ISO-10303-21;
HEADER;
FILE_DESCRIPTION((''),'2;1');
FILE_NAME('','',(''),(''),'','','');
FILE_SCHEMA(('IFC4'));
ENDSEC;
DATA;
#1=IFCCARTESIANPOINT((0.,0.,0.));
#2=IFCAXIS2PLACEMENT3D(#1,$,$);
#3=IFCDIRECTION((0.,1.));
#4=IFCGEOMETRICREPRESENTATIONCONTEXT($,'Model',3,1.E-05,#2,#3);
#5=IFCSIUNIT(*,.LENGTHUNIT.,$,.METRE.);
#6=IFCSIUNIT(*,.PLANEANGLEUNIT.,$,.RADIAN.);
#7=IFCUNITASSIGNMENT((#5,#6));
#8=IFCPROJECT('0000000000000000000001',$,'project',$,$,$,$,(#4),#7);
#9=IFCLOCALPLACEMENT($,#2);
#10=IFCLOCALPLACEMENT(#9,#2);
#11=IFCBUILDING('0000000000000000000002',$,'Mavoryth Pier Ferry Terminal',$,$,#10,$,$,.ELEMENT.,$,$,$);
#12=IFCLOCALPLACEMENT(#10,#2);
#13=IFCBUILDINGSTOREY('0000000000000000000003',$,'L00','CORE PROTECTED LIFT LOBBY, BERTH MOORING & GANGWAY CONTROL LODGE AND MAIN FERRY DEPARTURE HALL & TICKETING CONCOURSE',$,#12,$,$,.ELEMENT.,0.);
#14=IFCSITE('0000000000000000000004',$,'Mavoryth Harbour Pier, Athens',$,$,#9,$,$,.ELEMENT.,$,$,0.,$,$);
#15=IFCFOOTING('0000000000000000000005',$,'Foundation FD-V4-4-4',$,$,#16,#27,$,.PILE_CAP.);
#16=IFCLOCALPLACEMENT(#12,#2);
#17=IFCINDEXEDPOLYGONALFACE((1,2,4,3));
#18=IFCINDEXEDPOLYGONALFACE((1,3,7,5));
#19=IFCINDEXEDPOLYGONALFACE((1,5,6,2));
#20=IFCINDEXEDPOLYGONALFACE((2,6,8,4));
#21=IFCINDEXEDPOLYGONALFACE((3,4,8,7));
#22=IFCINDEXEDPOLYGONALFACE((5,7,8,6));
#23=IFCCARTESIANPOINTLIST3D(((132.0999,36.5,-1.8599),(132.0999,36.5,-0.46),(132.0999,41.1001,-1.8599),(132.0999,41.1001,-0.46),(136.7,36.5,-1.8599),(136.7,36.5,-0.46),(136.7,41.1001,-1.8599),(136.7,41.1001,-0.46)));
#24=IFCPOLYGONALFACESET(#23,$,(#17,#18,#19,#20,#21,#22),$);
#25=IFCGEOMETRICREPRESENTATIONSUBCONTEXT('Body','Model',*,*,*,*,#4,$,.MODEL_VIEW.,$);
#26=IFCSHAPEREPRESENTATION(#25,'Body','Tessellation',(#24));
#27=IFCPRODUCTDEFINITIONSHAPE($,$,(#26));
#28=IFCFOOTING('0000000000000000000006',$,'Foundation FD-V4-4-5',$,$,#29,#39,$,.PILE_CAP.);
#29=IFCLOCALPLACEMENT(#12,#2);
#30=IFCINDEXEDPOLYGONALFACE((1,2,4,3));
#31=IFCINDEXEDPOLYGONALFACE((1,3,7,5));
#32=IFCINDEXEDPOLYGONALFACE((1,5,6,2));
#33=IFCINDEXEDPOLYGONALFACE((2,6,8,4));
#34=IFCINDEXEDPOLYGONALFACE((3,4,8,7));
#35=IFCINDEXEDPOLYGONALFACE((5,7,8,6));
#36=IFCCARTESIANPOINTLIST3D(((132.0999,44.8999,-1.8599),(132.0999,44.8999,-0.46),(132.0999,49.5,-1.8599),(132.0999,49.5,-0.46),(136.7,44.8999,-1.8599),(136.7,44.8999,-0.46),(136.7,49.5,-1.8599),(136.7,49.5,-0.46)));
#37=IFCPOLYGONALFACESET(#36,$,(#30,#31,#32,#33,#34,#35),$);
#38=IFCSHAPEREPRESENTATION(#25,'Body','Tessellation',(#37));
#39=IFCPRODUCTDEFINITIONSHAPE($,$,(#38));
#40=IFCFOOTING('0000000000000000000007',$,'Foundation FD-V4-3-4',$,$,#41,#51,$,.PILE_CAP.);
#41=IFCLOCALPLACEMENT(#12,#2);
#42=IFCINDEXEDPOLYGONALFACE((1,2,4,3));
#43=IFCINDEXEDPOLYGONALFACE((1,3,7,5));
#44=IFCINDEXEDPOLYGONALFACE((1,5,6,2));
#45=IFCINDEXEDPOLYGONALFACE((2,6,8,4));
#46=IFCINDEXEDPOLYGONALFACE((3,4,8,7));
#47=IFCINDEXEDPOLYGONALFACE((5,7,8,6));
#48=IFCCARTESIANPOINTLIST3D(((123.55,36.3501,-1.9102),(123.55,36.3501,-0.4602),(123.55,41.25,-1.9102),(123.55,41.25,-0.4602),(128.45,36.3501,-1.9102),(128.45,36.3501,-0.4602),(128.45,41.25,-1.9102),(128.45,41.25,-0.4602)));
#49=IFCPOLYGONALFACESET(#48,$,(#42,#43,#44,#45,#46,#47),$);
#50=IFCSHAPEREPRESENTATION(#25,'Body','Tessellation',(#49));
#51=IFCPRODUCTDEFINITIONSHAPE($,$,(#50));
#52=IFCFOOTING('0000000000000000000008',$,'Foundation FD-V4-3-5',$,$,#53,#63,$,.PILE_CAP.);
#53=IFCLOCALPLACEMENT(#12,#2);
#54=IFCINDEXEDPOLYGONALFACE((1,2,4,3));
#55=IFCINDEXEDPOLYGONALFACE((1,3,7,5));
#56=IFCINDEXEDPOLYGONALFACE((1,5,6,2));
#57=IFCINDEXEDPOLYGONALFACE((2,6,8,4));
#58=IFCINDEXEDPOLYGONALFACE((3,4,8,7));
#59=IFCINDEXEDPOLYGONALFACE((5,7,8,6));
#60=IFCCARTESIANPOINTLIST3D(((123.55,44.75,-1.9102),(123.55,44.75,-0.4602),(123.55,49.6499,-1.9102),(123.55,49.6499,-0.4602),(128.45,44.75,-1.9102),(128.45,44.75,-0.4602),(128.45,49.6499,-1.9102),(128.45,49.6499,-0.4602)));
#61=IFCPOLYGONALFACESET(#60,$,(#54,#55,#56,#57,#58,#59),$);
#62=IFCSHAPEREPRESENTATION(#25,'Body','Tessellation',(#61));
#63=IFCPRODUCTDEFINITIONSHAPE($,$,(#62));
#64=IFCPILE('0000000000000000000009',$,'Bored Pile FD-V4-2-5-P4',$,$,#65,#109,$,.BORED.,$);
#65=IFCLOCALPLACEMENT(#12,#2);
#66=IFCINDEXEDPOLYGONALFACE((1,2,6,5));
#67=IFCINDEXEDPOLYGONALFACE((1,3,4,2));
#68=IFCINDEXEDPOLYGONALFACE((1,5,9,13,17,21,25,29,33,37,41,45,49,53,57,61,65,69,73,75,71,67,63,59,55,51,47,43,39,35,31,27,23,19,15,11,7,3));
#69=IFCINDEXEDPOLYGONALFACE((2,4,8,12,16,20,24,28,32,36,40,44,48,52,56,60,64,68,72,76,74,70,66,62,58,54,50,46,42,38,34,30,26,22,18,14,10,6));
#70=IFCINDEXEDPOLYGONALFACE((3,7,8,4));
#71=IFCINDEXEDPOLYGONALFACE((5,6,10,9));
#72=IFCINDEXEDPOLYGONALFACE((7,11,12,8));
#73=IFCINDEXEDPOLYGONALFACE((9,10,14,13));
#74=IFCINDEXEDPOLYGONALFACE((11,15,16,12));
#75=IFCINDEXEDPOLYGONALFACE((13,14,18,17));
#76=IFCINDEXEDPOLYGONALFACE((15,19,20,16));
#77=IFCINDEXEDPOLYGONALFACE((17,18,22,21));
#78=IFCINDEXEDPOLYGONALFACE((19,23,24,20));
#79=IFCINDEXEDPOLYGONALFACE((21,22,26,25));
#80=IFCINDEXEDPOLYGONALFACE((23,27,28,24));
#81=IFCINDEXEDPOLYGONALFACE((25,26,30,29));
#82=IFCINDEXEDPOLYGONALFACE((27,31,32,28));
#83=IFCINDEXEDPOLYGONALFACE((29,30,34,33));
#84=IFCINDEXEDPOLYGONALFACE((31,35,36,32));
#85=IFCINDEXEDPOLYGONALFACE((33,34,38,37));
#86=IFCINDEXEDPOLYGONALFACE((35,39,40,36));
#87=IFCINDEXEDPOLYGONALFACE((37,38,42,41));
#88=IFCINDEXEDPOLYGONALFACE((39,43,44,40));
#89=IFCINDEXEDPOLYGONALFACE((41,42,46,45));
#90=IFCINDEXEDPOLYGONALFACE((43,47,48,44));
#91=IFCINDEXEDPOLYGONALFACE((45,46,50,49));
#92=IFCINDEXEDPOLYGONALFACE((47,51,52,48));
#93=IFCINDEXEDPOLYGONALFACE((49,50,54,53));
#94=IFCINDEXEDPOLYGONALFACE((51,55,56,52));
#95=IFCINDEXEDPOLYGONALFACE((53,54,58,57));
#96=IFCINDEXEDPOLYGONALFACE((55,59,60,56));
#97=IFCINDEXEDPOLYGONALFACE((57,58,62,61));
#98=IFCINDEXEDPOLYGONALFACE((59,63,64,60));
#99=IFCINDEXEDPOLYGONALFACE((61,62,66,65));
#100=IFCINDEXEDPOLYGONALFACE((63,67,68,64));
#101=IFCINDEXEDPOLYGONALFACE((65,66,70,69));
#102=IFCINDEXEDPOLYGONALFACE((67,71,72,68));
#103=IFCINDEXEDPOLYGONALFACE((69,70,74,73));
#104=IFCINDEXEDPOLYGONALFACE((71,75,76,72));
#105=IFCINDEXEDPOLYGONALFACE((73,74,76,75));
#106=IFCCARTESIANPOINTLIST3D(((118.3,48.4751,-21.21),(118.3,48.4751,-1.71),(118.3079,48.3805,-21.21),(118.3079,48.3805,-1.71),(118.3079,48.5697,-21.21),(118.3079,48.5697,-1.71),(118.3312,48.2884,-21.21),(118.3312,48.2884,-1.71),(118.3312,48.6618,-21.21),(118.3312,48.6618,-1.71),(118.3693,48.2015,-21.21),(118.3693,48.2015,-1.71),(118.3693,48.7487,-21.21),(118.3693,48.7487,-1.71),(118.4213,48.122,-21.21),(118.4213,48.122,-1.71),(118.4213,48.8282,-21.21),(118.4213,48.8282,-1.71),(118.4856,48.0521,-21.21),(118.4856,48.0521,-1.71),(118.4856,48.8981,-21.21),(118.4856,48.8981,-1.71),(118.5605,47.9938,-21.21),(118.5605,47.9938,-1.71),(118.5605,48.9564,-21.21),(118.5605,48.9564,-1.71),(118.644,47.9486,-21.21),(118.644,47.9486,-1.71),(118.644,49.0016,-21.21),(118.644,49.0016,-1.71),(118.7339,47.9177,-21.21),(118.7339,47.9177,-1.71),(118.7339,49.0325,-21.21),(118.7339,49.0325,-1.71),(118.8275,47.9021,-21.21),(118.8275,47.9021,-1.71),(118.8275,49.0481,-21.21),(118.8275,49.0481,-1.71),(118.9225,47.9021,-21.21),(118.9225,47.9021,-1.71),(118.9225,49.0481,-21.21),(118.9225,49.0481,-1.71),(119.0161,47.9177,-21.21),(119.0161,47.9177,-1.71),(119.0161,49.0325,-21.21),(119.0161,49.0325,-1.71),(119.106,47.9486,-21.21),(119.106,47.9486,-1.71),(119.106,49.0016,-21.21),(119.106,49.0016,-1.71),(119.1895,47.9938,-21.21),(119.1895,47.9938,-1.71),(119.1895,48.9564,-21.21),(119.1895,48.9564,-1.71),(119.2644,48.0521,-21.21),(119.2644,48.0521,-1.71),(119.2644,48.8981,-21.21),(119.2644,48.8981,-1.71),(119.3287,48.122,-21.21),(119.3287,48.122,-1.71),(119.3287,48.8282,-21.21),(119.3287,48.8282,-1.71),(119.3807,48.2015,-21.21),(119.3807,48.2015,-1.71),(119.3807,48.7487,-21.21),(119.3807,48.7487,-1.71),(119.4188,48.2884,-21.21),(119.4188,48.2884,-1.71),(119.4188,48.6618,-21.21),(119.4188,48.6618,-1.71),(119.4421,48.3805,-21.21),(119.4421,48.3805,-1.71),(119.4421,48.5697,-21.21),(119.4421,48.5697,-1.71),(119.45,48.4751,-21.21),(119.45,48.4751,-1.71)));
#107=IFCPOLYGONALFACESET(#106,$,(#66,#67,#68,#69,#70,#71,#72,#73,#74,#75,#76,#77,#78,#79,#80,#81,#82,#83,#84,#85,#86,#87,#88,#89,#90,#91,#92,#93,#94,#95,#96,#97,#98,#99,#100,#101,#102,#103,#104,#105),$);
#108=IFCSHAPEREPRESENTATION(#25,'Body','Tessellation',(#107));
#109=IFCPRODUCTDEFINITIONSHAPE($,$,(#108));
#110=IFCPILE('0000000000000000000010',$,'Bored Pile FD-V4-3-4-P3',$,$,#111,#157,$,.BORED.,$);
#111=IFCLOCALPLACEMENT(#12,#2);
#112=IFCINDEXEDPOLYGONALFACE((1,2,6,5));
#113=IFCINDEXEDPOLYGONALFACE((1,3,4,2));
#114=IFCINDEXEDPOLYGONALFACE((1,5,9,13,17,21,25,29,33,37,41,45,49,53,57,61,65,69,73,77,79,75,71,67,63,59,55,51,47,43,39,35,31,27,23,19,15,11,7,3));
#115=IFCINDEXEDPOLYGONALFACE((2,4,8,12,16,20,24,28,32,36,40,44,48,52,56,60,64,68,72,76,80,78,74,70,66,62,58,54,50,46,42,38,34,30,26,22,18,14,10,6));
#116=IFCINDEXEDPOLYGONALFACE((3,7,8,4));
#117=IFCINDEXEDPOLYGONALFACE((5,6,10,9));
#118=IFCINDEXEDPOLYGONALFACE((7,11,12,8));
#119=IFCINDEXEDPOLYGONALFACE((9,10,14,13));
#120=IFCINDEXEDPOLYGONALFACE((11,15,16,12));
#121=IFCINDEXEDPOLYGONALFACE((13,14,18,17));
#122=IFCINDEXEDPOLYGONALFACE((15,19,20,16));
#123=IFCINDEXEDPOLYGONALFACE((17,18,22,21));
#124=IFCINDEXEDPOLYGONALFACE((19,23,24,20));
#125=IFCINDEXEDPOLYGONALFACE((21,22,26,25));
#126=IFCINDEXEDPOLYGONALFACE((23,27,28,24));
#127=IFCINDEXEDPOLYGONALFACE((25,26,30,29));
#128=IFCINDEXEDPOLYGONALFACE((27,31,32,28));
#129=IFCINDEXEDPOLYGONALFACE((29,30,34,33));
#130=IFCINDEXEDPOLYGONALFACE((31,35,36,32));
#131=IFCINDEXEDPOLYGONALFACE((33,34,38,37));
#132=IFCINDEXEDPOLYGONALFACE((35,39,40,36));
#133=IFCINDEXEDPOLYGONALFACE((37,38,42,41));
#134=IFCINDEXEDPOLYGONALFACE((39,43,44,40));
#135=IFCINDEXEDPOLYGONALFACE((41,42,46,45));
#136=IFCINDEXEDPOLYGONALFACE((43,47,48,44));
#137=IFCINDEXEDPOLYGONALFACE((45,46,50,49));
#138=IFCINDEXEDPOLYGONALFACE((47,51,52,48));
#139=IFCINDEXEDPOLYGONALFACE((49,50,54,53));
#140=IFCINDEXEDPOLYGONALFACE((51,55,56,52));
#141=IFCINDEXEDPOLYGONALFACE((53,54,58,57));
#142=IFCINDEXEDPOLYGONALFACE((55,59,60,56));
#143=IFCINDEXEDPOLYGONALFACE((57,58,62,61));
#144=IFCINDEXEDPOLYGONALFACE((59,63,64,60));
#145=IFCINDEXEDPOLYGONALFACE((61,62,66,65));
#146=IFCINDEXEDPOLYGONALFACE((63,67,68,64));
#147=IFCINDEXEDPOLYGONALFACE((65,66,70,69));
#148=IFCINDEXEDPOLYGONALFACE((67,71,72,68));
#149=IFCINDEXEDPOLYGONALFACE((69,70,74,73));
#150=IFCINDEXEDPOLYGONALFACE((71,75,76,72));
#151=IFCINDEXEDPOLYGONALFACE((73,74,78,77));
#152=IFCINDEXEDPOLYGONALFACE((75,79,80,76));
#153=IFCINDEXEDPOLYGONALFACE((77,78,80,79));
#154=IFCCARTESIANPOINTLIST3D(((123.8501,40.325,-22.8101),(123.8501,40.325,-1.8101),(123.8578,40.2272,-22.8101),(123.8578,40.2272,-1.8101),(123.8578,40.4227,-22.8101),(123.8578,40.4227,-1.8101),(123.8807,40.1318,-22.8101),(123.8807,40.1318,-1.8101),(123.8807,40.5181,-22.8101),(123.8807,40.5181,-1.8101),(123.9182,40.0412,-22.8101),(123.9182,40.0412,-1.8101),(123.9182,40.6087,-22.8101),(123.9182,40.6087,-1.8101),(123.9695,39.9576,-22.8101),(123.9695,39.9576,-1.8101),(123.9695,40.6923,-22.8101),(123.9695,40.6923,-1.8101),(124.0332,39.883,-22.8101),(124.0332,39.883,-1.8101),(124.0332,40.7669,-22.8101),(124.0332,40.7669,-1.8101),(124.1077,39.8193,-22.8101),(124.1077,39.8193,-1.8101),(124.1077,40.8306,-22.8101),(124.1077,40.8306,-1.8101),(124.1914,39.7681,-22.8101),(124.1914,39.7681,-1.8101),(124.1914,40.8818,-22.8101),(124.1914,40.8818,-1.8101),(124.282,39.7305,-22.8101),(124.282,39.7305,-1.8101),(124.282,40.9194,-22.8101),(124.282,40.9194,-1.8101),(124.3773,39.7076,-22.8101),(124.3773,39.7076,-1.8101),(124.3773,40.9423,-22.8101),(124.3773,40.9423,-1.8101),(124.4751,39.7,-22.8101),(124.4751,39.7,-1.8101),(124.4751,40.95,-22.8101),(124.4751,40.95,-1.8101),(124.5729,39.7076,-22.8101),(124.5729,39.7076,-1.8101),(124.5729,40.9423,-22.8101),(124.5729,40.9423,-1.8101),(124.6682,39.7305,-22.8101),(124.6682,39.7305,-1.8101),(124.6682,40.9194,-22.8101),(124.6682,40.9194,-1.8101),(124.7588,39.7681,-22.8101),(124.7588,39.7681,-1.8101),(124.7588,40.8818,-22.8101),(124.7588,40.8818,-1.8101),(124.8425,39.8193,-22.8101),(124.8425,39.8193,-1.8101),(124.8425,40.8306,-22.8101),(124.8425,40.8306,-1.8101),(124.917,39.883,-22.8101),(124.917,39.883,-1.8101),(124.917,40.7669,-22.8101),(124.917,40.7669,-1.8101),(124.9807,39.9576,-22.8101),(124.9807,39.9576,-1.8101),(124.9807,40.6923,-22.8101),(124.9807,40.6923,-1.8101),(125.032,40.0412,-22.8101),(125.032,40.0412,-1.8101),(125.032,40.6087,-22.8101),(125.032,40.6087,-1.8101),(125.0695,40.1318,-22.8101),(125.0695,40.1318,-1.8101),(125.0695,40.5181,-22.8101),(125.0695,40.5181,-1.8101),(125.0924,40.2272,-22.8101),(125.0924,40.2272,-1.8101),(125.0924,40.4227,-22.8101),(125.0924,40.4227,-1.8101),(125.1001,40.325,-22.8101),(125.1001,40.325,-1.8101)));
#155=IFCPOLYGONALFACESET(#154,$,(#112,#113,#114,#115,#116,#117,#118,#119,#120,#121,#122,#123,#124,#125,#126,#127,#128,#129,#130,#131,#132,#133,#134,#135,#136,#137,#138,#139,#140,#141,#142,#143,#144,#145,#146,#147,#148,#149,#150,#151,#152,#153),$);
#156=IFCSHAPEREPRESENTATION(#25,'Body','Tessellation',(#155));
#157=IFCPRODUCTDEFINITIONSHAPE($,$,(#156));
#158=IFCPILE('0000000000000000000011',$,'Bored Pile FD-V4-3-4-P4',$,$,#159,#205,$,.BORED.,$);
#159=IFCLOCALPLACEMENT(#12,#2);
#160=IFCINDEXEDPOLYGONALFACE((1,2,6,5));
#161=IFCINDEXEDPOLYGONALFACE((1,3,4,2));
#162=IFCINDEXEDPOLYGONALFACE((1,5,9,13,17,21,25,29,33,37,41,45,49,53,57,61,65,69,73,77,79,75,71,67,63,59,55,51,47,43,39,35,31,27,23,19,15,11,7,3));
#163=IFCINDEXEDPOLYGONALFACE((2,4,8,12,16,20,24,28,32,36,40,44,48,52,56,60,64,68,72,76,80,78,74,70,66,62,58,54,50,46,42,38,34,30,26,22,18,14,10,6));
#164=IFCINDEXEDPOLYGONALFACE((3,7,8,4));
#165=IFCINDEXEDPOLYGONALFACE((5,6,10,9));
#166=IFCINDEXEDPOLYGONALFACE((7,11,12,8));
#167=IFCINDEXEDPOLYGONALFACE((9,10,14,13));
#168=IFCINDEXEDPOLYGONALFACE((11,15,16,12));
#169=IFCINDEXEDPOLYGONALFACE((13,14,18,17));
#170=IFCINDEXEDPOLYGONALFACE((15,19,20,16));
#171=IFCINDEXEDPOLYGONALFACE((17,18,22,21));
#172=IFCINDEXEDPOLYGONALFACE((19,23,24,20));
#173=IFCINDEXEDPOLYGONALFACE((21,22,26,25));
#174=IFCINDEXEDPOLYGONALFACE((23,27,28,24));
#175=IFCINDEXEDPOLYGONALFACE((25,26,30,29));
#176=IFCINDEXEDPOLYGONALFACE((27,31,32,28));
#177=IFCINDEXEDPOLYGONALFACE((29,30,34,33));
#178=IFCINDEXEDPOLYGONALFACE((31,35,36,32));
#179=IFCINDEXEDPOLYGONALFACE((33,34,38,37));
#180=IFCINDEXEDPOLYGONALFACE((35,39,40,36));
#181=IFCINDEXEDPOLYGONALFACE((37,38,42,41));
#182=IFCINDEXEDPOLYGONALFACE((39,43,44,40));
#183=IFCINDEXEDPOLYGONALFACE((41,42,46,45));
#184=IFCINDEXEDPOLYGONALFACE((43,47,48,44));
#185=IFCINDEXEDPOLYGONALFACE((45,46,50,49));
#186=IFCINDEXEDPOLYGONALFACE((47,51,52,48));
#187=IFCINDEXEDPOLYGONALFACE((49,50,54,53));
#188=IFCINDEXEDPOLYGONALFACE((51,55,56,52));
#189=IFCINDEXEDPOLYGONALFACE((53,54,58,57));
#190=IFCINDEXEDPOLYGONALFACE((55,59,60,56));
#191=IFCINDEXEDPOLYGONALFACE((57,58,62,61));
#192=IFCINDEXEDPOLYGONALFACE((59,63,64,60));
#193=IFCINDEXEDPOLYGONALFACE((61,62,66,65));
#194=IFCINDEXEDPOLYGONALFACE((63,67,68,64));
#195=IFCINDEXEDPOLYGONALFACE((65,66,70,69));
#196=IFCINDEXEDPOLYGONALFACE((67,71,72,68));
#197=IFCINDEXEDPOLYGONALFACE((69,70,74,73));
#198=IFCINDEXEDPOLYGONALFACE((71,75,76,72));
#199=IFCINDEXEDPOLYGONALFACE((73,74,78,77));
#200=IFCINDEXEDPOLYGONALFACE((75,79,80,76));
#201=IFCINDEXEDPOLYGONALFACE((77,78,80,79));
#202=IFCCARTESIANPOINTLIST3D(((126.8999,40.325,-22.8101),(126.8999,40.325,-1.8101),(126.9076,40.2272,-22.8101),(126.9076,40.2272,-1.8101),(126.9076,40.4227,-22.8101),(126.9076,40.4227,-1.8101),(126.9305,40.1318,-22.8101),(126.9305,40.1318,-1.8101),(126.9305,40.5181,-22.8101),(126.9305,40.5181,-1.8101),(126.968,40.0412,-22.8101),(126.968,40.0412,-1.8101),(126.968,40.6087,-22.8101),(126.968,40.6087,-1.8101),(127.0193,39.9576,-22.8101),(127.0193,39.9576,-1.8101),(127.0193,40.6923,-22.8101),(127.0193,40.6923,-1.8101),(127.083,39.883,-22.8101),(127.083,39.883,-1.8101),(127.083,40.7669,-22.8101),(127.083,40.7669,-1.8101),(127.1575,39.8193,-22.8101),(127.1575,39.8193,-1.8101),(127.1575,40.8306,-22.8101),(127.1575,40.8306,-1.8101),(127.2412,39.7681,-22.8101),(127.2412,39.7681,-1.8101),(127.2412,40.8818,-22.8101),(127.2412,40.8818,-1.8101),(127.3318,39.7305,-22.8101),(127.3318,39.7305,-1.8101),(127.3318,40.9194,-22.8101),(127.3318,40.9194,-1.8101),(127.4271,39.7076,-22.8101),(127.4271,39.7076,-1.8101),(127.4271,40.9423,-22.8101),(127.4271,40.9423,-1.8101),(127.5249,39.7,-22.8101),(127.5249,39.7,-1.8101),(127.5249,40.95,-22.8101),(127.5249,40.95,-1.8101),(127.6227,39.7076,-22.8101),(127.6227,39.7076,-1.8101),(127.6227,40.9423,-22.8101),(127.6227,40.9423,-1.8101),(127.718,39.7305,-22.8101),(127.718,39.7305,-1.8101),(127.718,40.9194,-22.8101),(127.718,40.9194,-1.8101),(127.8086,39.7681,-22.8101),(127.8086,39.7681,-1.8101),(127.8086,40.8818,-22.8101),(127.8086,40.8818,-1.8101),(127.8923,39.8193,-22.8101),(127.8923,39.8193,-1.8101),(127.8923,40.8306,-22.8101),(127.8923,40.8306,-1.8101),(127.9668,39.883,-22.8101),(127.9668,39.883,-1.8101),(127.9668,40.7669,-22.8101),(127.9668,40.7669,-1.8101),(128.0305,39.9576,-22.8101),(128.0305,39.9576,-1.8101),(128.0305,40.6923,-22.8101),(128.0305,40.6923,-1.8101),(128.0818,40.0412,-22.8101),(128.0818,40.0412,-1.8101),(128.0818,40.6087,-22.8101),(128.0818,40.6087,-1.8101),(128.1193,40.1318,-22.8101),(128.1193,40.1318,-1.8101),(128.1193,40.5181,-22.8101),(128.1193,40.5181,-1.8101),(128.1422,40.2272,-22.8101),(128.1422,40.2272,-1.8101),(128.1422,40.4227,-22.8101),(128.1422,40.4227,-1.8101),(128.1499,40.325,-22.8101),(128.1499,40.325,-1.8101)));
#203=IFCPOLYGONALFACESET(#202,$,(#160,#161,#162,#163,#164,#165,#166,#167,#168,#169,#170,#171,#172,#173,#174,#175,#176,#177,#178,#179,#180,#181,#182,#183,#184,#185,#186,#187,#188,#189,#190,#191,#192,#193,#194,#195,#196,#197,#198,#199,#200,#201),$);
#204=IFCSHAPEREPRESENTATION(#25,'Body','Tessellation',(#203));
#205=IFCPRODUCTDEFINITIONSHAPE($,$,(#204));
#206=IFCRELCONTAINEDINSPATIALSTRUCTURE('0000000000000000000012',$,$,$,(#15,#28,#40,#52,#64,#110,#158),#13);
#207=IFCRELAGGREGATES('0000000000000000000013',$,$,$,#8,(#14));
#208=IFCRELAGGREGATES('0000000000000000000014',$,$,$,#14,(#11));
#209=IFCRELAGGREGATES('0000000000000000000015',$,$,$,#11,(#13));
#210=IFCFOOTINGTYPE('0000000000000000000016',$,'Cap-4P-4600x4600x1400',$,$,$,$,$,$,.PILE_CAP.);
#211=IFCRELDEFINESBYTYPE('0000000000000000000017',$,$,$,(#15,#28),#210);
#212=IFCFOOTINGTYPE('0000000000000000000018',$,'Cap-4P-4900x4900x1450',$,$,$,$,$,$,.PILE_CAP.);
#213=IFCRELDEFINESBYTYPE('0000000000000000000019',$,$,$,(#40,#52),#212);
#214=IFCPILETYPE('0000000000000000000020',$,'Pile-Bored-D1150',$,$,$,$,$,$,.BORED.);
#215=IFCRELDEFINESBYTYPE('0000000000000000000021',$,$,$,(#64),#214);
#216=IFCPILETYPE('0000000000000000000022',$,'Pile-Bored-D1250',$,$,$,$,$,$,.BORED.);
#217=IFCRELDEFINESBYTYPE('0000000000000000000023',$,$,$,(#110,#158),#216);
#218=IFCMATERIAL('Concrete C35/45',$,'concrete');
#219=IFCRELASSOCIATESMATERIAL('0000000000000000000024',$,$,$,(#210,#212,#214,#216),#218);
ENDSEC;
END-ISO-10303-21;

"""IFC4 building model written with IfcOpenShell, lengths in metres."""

from ifc_helpers import new_model, si_unit, direction, frame, origin, origin_2d, place, context, subcontext, project, spatial, rectangle, circle, extrude, material, material_profile, profile_set, type_object, element, save


model = new_model("IFC4")

# Units and contexts
model_context = context("Model", 3, precision=1e-05, world=origin(), true_north=direction((0.0, 1.0)))
body_context = subcontext(model_context, "Body", "Model", "MODEL_VIEW")
ifc_project = project(units=[si_unit("LENGTHUNIT", "METRE"), si_unit("PLANEANGLEUNIT", "RADIAN")], contexts=[model_context])

# Site, building, storey
site_placement = place(None, origin())
site = spatial("IfcSite", under=ifc_project, at=site_placement, Name="Mavoryth Harbour Pier, Athens", CompositionType="ELEMENT", RefElevation=0.0)
building_placement = place(site_placement, origin())
building = spatial("IfcBuilding", under=site, at=building_placement, Name="Mavoryth Pier Ferry Terminal", CompositionType="ELEMENT")
storey_placement = place(building_placement, origin())
storey = spatial("IfcBuildingStorey", under=building, at=storey_placement, Name="L00", Description="CORE PROTECTED LIFT LOBBY, BERTH MOORING & GANGWAY CONTROL LODGE AND MAIN FERRY DEPARTURE HALL & TICKETING CONCOURSE", CompositionType="ELEMENT", Elevation=0.0)

# Footings
ifc_material_1 = material(Name="Concrete C35/45", Category="concrete")
footing_type_1 = type_object("IfcFootingType", Name="Cap-4P-4600x4600x1400", PredefinedType="PILE_CAP", material=ifc_material_1)
for number, where, z_axis, x_axis, name in (
    (1, (134.3999, 38.8, -1.8599), (0.0, 0.0, 1.0), (1.0, 0.0, 0.0), "Foundation FD-V4-4-4"),
    (2, (134.3999, 47.2, -1.8599), (0.0, 0.0, 1.0), (1.0, 0.0, 0.0), "Foundation FD-V4-4-5"),
):
    element("IfcFooting", number, at=place(storey_placement, frame(where, z_axis=z_axis, x_axis=x_axis)), inside=storey, type_object=footing_type_1, Name=name, PredefinedType="PILE_CAP", context=body_context, shape_type="SweptSolid", body=[
        extrude(rectangle(XDim=4.6001, YDim=4.6001, at=origin_2d()), origin(), (0.0, 0.0, 1.0), 1.3999),
    ])
footing_type_2 = type_object("IfcFootingType", Name="Cap-4P-4900x4900x1450", PredefinedType="PILE_CAP", material=ifc_material_1)
for number, where, z_axis, x_axis, name in (
    (3, (126.0, 38.8, -1.9102), (0.0, 0.0, 1.0), (1.0, 0.0, 0.0), "Foundation FD-V4-3-4"),
    (4, (126.0, 47.2, -1.9102), (0.0, 0.0, 1.0), (1.0, 0.0, 0.0), "Foundation FD-V4-3-5"),
):
    element("IfcFooting", number, at=place(storey_placement, frame(where, z_axis=z_axis, x_axis=x_axis)), inside=storey, type_object=footing_type_2, Name=name, PredefinedType="PILE_CAP", context=body_context, shape_type="SweptSolid", body=[
        extrude(rectangle(XDim=4.8999, YDim=4.8999, at=origin_2d()), origin(), (0.0, 0.0, 1.0), 1.45),
    ])

# Piles
ifc_material_profile_1 = material_profile(ifc_material_1, circle(Radius=0.575, at=origin_2d()), Name="PILE D1150", Category="concrete")
ifc_profile_set_1 = profile_set([ifc_material_profile_1], Name="Concrete C35/45 - PILE D1150")
pile_type_1 = type_object("IfcPileType", Name="Pile-Bored-D1150", PredefinedType="BORED", material=ifc_profile_set_1)
pile_placement = place(storey_placement, frame((118.875, 48.4751, -1.71), z_axis=(0.0, 0.0, -1.0), x_axis=(1.0, 0.0, 0.0)))
element("IfcPile", 5, at=pile_placement, inside=storey, type_object=pile_type_1, Name="Bored Pile FD-V4-2-5-P4", PredefinedType="BORED", context=body_context, shape_type="SweptSolid", body=[
    extrude(circle(Radius=0.575, at=origin_2d()), origin(), (0.0, 0.0, 1.0), 19.5),
])
ifc_material_profile_2 = material_profile(ifc_material_1, circle(Radius=0.625, at=origin_2d()), Name="PILE D1250", Category="concrete")
ifc_profile_set_2 = profile_set([ifc_material_profile_2], Name="Concrete C35/45 - PILE D1250")
pile_type_2 = type_object("IfcPileType", Name="Pile-Bored-D1250", PredefinedType="BORED", material=ifc_profile_set_2)
for number, where, z_axis, x_axis, name in (
    (6, (124.4751, 40.325, -1.8101), (0.0, 0.0, -1.0), (1.0, 0.0, 0.0), "Bored Pile FD-V4-3-4-P3"),
    (7, (127.5249, 40.325, -1.8101), (0.0, 0.0, -1.0), (1.0, 0.0, 0.0), "Bored Pile FD-V4-3-4-P4"),
):
    element("IfcPile", number, at=place(storey_placement, frame(where, z_axis=z_axis, x_axis=x_axis)), inside=storey, type_object=pile_type_2, Name=name, PredefinedType="BORED", context=body_context, shape_type="SweptSolid", body=[
        extrude(circle(Radius=0.625, at=origin_2d()), origin(), (0.0, 0.0, 1.0), 21.0),
    ])

save(model, "model.ifc")
